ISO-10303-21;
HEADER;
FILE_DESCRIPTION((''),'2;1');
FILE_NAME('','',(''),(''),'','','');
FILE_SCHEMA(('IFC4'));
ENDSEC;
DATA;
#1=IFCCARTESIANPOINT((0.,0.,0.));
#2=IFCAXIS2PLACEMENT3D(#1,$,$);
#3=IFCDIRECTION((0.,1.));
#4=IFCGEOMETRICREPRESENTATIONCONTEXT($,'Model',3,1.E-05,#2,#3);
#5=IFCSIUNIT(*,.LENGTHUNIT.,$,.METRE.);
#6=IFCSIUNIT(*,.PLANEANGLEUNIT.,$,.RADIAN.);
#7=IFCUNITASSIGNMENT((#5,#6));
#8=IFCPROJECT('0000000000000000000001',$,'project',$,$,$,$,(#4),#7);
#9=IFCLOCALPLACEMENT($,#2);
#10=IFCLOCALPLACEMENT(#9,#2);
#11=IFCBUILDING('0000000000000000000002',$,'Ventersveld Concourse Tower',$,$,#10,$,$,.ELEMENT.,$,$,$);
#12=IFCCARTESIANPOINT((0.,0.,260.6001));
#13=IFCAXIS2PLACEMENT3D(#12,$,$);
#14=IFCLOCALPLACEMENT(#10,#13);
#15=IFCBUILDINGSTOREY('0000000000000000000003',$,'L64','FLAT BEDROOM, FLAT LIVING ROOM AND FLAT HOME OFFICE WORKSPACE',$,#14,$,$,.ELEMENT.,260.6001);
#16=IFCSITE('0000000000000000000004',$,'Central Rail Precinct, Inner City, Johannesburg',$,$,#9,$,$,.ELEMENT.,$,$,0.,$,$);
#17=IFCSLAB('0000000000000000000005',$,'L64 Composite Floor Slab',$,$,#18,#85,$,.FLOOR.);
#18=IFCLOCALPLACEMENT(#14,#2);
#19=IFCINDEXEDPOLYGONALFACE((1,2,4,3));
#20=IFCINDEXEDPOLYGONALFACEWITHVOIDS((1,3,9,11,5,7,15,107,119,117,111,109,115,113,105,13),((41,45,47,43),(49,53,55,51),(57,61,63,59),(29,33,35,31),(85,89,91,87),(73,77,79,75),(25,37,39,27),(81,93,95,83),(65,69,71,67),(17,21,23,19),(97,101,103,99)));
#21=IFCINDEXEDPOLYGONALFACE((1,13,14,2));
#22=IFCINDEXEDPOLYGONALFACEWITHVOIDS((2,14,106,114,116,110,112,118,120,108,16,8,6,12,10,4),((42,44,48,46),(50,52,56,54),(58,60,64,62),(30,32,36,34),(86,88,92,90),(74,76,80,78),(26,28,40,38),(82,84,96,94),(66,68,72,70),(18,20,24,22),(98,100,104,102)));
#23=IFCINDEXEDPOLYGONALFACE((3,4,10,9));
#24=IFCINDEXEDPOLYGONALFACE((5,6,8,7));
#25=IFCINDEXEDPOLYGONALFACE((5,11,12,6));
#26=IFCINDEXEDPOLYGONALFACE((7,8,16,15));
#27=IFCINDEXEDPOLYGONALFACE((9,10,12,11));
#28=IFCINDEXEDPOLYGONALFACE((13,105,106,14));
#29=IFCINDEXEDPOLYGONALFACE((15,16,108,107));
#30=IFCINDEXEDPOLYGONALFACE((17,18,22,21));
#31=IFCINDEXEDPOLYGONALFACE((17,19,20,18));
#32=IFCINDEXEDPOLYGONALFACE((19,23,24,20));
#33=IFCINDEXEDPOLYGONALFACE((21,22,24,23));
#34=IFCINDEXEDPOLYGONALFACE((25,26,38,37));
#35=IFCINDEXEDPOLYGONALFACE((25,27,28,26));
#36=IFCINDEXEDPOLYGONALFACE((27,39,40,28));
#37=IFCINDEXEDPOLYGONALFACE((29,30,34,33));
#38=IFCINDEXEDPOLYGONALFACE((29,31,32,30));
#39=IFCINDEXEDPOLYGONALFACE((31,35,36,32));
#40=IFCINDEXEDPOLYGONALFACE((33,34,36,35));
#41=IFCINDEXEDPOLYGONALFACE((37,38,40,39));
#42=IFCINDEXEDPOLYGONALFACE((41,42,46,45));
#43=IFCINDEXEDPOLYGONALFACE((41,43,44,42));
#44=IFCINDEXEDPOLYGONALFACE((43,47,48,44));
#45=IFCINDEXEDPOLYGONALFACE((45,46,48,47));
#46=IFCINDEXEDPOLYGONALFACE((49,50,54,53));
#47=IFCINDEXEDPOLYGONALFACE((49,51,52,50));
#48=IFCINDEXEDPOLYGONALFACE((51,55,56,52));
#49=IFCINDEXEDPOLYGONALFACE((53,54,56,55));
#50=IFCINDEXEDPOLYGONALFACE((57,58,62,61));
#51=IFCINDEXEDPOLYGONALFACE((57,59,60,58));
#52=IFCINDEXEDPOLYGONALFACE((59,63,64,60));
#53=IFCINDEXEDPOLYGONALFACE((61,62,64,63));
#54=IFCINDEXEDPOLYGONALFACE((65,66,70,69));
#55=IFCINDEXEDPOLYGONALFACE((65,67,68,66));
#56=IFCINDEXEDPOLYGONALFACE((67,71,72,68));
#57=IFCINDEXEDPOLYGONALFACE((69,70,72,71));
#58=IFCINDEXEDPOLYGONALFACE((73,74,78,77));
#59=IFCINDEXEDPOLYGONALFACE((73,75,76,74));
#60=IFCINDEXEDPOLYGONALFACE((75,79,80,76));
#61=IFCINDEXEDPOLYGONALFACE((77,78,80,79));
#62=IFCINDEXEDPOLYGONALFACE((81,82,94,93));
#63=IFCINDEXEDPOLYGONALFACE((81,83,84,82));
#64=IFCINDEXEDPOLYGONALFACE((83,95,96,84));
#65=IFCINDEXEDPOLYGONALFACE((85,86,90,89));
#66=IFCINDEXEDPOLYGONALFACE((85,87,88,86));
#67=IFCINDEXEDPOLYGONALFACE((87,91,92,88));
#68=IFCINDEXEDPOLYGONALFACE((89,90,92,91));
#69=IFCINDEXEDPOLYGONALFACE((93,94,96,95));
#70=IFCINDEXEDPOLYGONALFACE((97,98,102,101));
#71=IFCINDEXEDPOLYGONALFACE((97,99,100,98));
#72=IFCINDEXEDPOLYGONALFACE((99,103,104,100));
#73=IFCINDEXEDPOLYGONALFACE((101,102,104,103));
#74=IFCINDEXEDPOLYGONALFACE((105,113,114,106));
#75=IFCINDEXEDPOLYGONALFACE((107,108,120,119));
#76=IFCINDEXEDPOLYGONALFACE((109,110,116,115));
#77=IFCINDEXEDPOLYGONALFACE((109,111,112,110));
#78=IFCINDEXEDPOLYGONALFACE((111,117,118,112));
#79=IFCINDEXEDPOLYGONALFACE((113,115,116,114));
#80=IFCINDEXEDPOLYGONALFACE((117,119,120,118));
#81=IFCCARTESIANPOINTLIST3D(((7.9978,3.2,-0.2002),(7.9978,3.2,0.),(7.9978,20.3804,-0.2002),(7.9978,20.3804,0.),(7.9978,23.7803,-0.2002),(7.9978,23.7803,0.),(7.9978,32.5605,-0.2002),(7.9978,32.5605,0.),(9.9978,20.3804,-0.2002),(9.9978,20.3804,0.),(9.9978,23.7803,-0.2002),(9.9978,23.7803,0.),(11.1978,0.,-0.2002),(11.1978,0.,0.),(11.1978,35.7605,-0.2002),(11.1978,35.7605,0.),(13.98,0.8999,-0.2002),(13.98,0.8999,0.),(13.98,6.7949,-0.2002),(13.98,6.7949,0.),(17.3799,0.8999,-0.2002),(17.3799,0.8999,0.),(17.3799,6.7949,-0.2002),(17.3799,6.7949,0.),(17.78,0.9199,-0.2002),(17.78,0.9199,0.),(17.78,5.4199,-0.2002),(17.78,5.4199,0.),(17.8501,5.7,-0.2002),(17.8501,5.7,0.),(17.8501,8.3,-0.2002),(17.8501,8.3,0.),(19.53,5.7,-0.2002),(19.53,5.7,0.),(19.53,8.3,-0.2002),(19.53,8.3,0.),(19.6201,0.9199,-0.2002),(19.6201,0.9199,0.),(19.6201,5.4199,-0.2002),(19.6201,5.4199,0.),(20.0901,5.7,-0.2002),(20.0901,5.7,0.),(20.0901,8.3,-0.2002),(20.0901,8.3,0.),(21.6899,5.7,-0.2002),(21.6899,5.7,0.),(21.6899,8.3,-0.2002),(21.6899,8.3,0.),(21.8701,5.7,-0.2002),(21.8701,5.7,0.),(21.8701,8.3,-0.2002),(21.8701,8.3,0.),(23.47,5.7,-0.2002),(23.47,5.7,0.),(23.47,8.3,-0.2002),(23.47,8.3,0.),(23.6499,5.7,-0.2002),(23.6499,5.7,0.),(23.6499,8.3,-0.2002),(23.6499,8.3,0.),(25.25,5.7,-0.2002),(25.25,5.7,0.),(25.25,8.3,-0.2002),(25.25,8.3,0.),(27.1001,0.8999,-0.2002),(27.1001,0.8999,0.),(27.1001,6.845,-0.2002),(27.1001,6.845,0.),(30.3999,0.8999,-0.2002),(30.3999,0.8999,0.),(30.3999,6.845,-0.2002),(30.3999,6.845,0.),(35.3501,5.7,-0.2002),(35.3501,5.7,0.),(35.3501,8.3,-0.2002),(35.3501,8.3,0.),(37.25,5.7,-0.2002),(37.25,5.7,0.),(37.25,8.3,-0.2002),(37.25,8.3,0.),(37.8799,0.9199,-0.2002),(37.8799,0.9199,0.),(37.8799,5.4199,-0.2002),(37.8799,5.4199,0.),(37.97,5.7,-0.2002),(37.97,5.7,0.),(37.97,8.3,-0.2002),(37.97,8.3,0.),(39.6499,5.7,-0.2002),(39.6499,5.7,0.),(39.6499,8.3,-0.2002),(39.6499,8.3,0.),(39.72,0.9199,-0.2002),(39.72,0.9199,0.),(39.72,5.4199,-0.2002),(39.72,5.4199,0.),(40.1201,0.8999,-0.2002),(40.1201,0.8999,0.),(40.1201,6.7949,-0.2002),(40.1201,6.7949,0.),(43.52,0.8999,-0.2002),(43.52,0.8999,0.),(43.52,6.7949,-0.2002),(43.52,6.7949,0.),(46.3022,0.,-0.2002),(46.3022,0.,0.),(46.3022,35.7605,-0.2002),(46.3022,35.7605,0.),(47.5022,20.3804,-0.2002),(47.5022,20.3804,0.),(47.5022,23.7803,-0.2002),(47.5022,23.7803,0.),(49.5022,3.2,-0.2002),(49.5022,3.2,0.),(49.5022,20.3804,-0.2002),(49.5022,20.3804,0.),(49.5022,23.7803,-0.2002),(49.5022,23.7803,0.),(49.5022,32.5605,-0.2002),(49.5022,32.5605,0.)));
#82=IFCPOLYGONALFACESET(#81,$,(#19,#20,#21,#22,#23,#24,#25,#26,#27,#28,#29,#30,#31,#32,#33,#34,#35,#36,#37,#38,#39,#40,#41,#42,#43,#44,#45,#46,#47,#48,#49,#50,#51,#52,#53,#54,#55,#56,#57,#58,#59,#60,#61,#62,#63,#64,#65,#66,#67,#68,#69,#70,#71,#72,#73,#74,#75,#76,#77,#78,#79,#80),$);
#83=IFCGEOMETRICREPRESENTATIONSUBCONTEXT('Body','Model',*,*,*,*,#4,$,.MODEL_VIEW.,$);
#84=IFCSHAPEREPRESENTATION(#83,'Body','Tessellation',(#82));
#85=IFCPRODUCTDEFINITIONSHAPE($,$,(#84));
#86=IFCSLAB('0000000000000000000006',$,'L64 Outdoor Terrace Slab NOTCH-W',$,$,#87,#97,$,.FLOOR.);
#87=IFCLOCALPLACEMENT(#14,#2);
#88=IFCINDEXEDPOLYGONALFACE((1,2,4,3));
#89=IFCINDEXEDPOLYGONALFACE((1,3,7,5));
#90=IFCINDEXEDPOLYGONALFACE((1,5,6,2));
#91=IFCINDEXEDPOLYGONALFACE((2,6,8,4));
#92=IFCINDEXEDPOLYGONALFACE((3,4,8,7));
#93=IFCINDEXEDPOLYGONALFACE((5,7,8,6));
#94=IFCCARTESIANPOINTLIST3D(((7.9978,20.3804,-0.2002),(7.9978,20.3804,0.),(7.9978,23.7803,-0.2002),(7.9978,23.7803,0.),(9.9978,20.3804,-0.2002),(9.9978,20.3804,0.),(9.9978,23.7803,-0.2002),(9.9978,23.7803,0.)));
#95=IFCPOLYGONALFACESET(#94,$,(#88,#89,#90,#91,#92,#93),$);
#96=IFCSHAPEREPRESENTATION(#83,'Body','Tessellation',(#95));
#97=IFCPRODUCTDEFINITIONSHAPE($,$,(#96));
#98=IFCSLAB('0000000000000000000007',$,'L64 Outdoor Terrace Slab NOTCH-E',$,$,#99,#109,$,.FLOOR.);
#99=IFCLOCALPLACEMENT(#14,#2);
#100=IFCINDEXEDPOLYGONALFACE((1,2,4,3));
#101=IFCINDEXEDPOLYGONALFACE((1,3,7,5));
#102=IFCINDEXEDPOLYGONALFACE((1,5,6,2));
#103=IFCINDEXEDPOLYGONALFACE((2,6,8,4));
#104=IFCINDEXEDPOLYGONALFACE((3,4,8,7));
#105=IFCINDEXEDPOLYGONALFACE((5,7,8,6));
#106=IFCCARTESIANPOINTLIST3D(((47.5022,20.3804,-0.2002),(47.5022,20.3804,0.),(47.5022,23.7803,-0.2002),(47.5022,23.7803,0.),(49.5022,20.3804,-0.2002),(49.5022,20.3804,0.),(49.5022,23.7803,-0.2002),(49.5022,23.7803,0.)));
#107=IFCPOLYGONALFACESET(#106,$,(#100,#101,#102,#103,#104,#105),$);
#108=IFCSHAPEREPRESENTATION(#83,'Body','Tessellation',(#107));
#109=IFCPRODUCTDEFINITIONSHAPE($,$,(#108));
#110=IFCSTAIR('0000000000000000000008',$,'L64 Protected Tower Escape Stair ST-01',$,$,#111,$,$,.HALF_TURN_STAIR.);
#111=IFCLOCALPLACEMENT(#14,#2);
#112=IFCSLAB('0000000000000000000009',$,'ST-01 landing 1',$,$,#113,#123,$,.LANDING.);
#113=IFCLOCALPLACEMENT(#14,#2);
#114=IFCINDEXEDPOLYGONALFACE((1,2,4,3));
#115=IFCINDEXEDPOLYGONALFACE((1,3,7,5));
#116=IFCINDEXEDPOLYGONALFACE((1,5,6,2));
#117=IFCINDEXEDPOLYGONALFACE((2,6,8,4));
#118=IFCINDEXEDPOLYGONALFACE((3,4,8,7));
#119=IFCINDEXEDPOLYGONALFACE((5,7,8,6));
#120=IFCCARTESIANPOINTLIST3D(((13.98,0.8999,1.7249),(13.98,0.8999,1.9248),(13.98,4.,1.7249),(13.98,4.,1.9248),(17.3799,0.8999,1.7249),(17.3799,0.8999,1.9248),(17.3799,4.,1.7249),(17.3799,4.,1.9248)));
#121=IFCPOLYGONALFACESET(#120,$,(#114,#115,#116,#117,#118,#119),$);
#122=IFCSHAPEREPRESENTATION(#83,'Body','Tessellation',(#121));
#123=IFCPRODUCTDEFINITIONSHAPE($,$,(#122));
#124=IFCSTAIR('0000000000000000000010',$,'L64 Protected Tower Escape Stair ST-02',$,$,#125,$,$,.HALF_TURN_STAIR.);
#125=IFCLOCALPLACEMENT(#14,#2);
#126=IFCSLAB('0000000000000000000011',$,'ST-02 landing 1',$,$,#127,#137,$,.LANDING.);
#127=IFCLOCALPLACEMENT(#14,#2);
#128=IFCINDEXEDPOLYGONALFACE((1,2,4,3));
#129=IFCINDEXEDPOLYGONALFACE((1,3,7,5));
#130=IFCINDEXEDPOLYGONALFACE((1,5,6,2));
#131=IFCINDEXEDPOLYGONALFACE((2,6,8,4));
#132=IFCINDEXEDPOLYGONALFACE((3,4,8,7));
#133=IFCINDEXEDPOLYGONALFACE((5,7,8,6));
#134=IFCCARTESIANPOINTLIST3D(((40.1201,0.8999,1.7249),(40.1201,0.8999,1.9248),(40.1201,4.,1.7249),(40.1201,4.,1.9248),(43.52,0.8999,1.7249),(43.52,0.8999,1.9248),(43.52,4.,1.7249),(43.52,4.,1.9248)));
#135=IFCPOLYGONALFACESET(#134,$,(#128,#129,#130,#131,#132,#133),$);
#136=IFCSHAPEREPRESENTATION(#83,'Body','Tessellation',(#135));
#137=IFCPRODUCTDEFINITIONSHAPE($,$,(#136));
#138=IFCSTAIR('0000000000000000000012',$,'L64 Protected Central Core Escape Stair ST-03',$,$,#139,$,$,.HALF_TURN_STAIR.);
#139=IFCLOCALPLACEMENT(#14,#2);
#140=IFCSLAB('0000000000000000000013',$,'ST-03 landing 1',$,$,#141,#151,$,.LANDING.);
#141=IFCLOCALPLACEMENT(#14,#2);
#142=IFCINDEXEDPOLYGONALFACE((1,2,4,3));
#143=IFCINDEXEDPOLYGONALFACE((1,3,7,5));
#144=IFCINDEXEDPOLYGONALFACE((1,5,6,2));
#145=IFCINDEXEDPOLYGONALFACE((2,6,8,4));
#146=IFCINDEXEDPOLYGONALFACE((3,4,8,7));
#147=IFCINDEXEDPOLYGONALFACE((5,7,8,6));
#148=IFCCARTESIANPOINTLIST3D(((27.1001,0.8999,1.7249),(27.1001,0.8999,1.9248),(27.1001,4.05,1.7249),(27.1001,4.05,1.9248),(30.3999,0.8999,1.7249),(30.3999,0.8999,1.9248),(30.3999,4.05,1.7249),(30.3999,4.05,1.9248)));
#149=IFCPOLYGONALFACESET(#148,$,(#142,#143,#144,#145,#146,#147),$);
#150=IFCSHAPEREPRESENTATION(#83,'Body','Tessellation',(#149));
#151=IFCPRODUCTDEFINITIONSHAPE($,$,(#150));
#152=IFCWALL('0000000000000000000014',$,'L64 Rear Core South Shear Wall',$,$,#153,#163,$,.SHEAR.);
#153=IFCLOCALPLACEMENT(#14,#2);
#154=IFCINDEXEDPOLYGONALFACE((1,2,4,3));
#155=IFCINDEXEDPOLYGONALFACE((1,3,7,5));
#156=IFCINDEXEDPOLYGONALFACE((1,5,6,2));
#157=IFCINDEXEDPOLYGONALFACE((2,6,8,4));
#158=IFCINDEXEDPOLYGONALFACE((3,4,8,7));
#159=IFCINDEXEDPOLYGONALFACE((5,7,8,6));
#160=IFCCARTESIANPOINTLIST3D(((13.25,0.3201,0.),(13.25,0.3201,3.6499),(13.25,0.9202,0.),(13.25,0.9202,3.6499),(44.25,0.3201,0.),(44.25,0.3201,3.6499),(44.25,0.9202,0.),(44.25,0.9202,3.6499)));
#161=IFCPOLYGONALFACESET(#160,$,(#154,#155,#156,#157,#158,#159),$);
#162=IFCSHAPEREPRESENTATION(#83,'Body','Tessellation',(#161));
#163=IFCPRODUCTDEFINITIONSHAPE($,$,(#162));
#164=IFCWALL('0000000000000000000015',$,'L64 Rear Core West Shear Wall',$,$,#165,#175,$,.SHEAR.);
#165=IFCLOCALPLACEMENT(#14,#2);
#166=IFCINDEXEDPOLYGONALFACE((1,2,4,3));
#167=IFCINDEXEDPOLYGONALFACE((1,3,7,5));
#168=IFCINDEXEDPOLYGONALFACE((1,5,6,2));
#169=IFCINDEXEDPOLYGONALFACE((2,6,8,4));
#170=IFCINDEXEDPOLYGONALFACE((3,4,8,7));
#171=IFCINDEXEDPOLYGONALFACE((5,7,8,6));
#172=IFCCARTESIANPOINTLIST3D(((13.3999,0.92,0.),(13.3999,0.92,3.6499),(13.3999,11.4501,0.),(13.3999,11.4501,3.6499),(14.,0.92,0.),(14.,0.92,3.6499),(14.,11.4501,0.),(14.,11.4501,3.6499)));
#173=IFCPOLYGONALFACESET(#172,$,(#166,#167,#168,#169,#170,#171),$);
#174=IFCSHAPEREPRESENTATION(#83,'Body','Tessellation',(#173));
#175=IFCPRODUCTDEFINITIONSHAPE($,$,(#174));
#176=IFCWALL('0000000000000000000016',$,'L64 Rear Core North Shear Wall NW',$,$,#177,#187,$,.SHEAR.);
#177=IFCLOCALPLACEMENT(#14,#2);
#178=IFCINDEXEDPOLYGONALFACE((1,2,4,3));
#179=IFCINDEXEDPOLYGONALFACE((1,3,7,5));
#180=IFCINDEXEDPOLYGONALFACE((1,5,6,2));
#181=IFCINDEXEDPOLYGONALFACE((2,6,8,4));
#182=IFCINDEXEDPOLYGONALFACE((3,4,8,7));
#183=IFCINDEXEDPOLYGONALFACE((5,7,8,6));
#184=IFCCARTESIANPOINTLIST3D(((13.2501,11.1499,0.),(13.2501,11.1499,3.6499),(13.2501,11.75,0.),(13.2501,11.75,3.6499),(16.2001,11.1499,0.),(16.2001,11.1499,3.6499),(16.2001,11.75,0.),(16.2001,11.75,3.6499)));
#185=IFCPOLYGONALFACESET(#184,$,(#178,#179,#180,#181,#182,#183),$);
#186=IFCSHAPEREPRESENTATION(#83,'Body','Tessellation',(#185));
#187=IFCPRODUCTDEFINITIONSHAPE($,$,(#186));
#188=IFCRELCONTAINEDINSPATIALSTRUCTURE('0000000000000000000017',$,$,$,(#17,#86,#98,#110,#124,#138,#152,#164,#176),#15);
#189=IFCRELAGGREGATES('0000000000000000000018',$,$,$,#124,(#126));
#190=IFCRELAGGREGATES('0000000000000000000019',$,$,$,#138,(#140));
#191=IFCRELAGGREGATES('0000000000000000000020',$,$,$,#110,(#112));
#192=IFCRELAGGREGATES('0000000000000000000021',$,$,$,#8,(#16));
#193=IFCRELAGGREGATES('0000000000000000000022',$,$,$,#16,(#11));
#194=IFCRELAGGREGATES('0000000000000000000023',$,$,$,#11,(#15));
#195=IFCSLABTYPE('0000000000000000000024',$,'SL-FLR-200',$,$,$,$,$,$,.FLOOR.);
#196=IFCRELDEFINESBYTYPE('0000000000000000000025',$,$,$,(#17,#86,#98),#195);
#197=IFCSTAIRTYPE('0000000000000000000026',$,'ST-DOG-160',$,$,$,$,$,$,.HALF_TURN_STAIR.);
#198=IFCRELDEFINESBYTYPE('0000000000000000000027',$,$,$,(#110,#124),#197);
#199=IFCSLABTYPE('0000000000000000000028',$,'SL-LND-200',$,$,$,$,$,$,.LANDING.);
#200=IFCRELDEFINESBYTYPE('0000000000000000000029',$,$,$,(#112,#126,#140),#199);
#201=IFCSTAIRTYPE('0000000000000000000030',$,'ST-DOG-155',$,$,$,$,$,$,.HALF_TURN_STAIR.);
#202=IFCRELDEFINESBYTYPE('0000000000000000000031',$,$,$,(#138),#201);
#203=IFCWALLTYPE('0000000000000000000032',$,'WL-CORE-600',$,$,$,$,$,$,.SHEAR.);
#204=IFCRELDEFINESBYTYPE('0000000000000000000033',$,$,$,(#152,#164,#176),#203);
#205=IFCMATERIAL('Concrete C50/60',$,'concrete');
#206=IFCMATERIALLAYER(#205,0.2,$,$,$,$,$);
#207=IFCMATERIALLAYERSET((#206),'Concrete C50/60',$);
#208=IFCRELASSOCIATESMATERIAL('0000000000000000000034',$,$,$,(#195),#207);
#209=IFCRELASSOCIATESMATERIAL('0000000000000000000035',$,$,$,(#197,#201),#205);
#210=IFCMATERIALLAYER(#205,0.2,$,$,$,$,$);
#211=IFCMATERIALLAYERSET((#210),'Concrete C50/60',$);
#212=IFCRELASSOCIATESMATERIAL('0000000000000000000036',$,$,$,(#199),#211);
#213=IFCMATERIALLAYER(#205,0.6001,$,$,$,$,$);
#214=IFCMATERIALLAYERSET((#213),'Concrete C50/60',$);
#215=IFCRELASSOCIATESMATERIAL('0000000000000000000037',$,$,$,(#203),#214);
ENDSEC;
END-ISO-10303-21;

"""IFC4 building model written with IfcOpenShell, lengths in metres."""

from ifc_helpers import new_model, si_unit, direction, frame, frame_2d, origin, place, context, subcontext, project, spatial, polyline, rectangle, outline, extrude, material, layer, layer_set, type_object, element, aggregate, save


model = new_model("IFC4")

# Units and contexts
model_context = context("Model", 3, precision=1e-05, world=origin(), true_north=direction((0.0, 1.0)))
body_context = subcontext(model_context, "Body", "Model", "MODEL_VIEW")
ifc_project = project(units=[si_unit("LENGTHUNIT", "METRE"), si_unit("PLANEANGLEUNIT", "RADIAN")], contexts=[model_context])

# Site, building, storey
site_placement = place(None, origin())
site = spatial("IfcSite", under=ifc_project, at=site_placement, Name="Central Rail Precinct, Inner City, Johannesburg", CompositionType="ELEMENT", RefElevation=0.0)
building_placement = place(site_placement, origin())
building = spatial("IfcBuilding", under=site, at=building_placement, Name="Ventersveld Concourse Tower", CompositionType="ELEMENT")
storey_placement = place(building_placement, frame((0.0, 0.0, 260.6001)))
storey = spatial("IfcBuildingStorey", under=building, at=storey_placement, Name="L64", Description="FLAT BEDROOM, FLAT LIVING ROOM AND FLAT HOME OFFICE WORKSPACE", CompositionType="ELEMENT", Elevation=260.6001)

# Shared definitions
ifc_material_1 = material(Name="Concrete C50/60", Category="concrete")

# Slabs
ifc_layer_1 = layer(ifc_material_1, 0.2)
ifc_layer_set_1 = layer_set([ifc_layer_1], Name="Concrete C50/60")
slab_type_1 = type_object("IfcSlabType", Name="SL-FLR-200", PredefinedType="FLOOR", material=ifc_layer_set_1)
slab_1_placement = place(storey_placement, frame((0.0, 0.0, -0.2002)))
element("IfcSlab", 1, at=slab_1_placement, inside=storey, type_object=slab_type_1, Name="L64 Composite Floor Slab", PredefinedType="FLOOR", context=body_context, shape_type="SweptSolid", body=[
    extrude(outline(polyline([(11.1978, 0.0), (46.3022, 0.0), (49.5022, 3.2), (49.5022, 20.3804), (47.5022, 20.3804), (47.5022, 23.7803), (49.5022, 23.7803), (49.5022, 32.5605), (46.3022, 35.7605), (11.1978, 35.7605), (7.9978, 32.5605), (7.9978, 23.7803), (9.9978, 23.7803), (9.9978, 20.3804), (7.9978, 20.3804), (7.9978, 3.2), (11.1978, 0.0)]), holes=[polyline([(13.98, 6.7949), (13.98, 0.8999), (17.3799, 0.8999), (17.3799, 6.7949), (13.98, 6.7949)]), polyline([(40.1201, 6.7949), (40.1201, 0.8999), (43.52, 0.8999), (43.52, 6.7949), (40.1201, 6.7949)]), polyline([(27.1001, 6.845), (27.1001, 0.8999), (30.3999, 0.8999), (30.3999, 6.845), (27.1001, 6.845)]), polyline([(17.8501, 5.7), (19.53, 5.7), (19.53, 8.3), (17.8501, 8.3), (17.8501, 5.7)]), polyline([(37.97, 5.7), (39.6499, 5.7), (39.6499, 8.3), (37.97, 8.3), (37.97, 5.7)]), polyline([(35.3501, 5.7), (37.25, 5.7), (37.25, 8.3), (35.3501, 8.3), (35.3501, 5.7)]), polyline([(20.0901, 5.7), (21.6899, 5.7), (21.6899, 8.3), (20.0901, 8.3), (20.0901, 5.7)]), polyline([(21.8701, 5.7), (23.47, 5.7), (23.47, 8.3), (21.8701, 8.3), (21.8701, 5.7)]), polyline([(23.6499, 5.7), (25.25, 5.7), (25.25, 8.3), (23.6499, 8.3), (23.6499, 5.7)]), polyline([(17.78, 0.9199), (19.6201, 0.9199), (19.6201, 5.4199), (17.78, 5.4199), (17.78, 0.9199)]), polyline([(37.8799, 0.9199), (39.72, 0.9199), (39.72, 5.4199), (37.8799, 5.4199), (37.8799, 0.9199)])]), origin(), (0.0, 0.0, 1.0), 0.2002),
])
slab_2_placement = place(storey_placement, frame((0.0, 0.0, -0.2002)))
element("IfcSlab", 2, at=slab_2_placement, inside=storey, type_object=slab_type_1, Name="L64 Outdoor Terrace Slab NOTCH-W", PredefinedType="FLOOR", context=body_context, shape_type="SweptSolid", body=[
    extrude(outline(polyline([(7.9978, 20.3804), (9.9978, 20.3804), (9.9978, 23.7803), (7.9978, 23.7803), (7.9978, 20.3804)])), origin(), (0.0, 0.0, 1.0), 0.2002),
])
slab_3_placement = place(storey_placement, frame((0.0, 0.0, -0.2002)))
element("IfcSlab", 3, at=slab_3_placement, inside=storey, type_object=slab_type_1, Name="L64 Outdoor Terrace Slab NOTCH-E", PredefinedType="FLOOR", context=body_context, shape_type="SweptSolid", body=[
    extrude(outline(polyline([(47.5022, 20.3804), (49.5022, 20.3804), (49.5022, 23.7803), (47.5022, 23.7803), (47.5022, 20.3804)])), origin(), (0.0, 0.0, 1.0), 0.2002),
])

# Stairs, slabs
stair_type_1 = type_object("IfcStairType", Name="ST-DOG-160", PredefinedType="HALF_TURN_STAIR", material=ifc_material_1)
stair_1_placement = place(storey_placement, origin())
stair_1 = element("IfcStair", 4, at=stair_1_placement, inside=storey, type_object=stair_type_1, Name="L64 Protected Tower Escape Stair ST-01", PredefinedType="HALF_TURN_STAIR")
ifc_layer_2 = layer(ifc_material_1, 0.2)
ifc_layer_set_2 = layer_set([ifc_layer_2], Name="Concrete C50/60")
slab_type_2 = type_object("IfcSlabType", Name="SL-LND-200", PredefinedType="LANDING", material=ifc_layer_set_2)
slab_4_placement = place(storey_placement, frame((0.0, 0.0, 1.7249)))
slab_4 = element("IfcSlab", 5, at=slab_4_placement, type_object=slab_type_2, Name="ST-01 landing 1", PredefinedType="LANDING", context=body_context, shape_type="SweptSolid", body=[
    extrude(outline(polyline([(13.98, 4.0), (13.98, 0.8999), (17.3799, 0.8999), (17.3799, 4.0), (13.98, 4.0)])), origin(), (0.0, 0.0, 1.0), 0.2),
])
stair_2_placement = place(storey_placement, origin())
stair_2 = element("IfcStair", 6, at=stair_2_placement, inside=storey, type_object=stair_type_1, Name="L64 Protected Tower Escape Stair ST-02", PredefinedType="HALF_TURN_STAIR")
slab_5_placement = place(storey_placement, frame((0.0, 0.0, 1.7249)))
slab_5 = element("IfcSlab", 7, at=slab_5_placement, type_object=slab_type_2, Name="ST-02 landing 1", PredefinedType="LANDING", context=body_context, shape_type="SweptSolid", body=[
    extrude(outline(polyline([(40.1201, 4.0), (40.1201, 0.8999), (43.52, 0.8999), (43.52, 4.0), (40.1201, 4.0)])), origin(), (0.0, 0.0, 1.0), 0.2),
])
aggregate(stair_2, [slab_5])
stair_type_2 = type_object("IfcStairType", Name="ST-DOG-155", PredefinedType="HALF_TURN_STAIR", material=ifc_material_1)
stair_3_placement = place(storey_placement, origin())
stair_3 = element("IfcStair", 8, at=stair_3_placement, inside=storey, type_object=stair_type_2, Name="L64 Protected Central Core Escape Stair ST-03", PredefinedType="HALF_TURN_STAIR")
slab_6_placement = place(storey_placement, frame((0.0, 0.0, 1.7249)))
slab_6 = element("IfcSlab", 9, at=slab_6_placement, type_object=slab_type_2, Name="ST-03 landing 1", PredefinedType="LANDING", context=body_context, shape_type="SweptSolid", body=[
    extrude(outline(polyline([(27.1001, 4.05), (27.1001, 0.8999), (30.3999, 0.8999), (30.3999, 4.05), (27.1001, 4.05)])), origin(), (0.0, 0.0, 1.0), 0.2),
])
aggregate(stair_3, [slab_6])

# Walls
ifc_layer_3 = layer(ifc_material_1, 0.6001)
ifc_layer_set_3 = layer_set([ifc_layer_3], Name="Concrete C50/60")
wall_type_1 = type_object("IfcWallType", Name="WL-CORE-600", PredefinedType="SHEAR", material=ifc_layer_set_3)
wall_1_placement = place(storey_placement, frame((13.25, 0.6201, 0.0), z_axis=(0.0, 0.0, 1.0), x_axis=(1.0, 0.0, 0.0)))
element("IfcWall", 10, at=wall_1_placement, inside=storey, type_object=wall_type_1, Name="L64 Rear Core South Shear Wall", PredefinedType="SHEAR", context=body_context, shape_type="SweptSolid", body=[
    extrude(rectangle(XDim=31.0, YDim=0.6001, at=frame_2d((15.5, 0.0))), origin(), (0.0, 0.0, 1.0), 3.6499),
])
wall_2_placement = place(storey_placement, frame((13.7, 0.9199, 0.0), z_axis=(0.0, 0.0, 1.0), x_axis=(0.0, 1.0, 0.0)))
element("IfcWall", 11, at=wall_2_placement, inside=storey, type_object=wall_type_1, Name="L64 Rear Core West Shear Wall", PredefinedType="SHEAR", context=body_context, shape_type="SweptSolid", body=[
    extrude(rectangle(XDim=10.53, YDim=0.6001, at=frame_2d((5.2651, 0.0))), origin(), (0.0, 0.0, 1.0), 3.6499),
])
wall_3_placement = place(storey_placement, frame((13.25, 11.45, 0.0), z_axis=(0.0, 0.0, 1.0), x_axis=(1.0, 0.0, 0.0)))
element("IfcWall", 12, at=wall_3_placement, inside=storey, type_object=wall_type_1, Name="L64 Rear Core North Shear Wall NW", PredefinedType="SHEAR", context=body_context, shape_type="SweptSolid", body=[
    extrude(rectangle(XDim=2.95, YDim=0.6001, at=frame_2d((1.4751, 0.0))), origin(), (0.0, 0.0, 1.0), 3.6499),
])

aggregate(stair_1, [slab_4])

save(model, "model.ifc")
